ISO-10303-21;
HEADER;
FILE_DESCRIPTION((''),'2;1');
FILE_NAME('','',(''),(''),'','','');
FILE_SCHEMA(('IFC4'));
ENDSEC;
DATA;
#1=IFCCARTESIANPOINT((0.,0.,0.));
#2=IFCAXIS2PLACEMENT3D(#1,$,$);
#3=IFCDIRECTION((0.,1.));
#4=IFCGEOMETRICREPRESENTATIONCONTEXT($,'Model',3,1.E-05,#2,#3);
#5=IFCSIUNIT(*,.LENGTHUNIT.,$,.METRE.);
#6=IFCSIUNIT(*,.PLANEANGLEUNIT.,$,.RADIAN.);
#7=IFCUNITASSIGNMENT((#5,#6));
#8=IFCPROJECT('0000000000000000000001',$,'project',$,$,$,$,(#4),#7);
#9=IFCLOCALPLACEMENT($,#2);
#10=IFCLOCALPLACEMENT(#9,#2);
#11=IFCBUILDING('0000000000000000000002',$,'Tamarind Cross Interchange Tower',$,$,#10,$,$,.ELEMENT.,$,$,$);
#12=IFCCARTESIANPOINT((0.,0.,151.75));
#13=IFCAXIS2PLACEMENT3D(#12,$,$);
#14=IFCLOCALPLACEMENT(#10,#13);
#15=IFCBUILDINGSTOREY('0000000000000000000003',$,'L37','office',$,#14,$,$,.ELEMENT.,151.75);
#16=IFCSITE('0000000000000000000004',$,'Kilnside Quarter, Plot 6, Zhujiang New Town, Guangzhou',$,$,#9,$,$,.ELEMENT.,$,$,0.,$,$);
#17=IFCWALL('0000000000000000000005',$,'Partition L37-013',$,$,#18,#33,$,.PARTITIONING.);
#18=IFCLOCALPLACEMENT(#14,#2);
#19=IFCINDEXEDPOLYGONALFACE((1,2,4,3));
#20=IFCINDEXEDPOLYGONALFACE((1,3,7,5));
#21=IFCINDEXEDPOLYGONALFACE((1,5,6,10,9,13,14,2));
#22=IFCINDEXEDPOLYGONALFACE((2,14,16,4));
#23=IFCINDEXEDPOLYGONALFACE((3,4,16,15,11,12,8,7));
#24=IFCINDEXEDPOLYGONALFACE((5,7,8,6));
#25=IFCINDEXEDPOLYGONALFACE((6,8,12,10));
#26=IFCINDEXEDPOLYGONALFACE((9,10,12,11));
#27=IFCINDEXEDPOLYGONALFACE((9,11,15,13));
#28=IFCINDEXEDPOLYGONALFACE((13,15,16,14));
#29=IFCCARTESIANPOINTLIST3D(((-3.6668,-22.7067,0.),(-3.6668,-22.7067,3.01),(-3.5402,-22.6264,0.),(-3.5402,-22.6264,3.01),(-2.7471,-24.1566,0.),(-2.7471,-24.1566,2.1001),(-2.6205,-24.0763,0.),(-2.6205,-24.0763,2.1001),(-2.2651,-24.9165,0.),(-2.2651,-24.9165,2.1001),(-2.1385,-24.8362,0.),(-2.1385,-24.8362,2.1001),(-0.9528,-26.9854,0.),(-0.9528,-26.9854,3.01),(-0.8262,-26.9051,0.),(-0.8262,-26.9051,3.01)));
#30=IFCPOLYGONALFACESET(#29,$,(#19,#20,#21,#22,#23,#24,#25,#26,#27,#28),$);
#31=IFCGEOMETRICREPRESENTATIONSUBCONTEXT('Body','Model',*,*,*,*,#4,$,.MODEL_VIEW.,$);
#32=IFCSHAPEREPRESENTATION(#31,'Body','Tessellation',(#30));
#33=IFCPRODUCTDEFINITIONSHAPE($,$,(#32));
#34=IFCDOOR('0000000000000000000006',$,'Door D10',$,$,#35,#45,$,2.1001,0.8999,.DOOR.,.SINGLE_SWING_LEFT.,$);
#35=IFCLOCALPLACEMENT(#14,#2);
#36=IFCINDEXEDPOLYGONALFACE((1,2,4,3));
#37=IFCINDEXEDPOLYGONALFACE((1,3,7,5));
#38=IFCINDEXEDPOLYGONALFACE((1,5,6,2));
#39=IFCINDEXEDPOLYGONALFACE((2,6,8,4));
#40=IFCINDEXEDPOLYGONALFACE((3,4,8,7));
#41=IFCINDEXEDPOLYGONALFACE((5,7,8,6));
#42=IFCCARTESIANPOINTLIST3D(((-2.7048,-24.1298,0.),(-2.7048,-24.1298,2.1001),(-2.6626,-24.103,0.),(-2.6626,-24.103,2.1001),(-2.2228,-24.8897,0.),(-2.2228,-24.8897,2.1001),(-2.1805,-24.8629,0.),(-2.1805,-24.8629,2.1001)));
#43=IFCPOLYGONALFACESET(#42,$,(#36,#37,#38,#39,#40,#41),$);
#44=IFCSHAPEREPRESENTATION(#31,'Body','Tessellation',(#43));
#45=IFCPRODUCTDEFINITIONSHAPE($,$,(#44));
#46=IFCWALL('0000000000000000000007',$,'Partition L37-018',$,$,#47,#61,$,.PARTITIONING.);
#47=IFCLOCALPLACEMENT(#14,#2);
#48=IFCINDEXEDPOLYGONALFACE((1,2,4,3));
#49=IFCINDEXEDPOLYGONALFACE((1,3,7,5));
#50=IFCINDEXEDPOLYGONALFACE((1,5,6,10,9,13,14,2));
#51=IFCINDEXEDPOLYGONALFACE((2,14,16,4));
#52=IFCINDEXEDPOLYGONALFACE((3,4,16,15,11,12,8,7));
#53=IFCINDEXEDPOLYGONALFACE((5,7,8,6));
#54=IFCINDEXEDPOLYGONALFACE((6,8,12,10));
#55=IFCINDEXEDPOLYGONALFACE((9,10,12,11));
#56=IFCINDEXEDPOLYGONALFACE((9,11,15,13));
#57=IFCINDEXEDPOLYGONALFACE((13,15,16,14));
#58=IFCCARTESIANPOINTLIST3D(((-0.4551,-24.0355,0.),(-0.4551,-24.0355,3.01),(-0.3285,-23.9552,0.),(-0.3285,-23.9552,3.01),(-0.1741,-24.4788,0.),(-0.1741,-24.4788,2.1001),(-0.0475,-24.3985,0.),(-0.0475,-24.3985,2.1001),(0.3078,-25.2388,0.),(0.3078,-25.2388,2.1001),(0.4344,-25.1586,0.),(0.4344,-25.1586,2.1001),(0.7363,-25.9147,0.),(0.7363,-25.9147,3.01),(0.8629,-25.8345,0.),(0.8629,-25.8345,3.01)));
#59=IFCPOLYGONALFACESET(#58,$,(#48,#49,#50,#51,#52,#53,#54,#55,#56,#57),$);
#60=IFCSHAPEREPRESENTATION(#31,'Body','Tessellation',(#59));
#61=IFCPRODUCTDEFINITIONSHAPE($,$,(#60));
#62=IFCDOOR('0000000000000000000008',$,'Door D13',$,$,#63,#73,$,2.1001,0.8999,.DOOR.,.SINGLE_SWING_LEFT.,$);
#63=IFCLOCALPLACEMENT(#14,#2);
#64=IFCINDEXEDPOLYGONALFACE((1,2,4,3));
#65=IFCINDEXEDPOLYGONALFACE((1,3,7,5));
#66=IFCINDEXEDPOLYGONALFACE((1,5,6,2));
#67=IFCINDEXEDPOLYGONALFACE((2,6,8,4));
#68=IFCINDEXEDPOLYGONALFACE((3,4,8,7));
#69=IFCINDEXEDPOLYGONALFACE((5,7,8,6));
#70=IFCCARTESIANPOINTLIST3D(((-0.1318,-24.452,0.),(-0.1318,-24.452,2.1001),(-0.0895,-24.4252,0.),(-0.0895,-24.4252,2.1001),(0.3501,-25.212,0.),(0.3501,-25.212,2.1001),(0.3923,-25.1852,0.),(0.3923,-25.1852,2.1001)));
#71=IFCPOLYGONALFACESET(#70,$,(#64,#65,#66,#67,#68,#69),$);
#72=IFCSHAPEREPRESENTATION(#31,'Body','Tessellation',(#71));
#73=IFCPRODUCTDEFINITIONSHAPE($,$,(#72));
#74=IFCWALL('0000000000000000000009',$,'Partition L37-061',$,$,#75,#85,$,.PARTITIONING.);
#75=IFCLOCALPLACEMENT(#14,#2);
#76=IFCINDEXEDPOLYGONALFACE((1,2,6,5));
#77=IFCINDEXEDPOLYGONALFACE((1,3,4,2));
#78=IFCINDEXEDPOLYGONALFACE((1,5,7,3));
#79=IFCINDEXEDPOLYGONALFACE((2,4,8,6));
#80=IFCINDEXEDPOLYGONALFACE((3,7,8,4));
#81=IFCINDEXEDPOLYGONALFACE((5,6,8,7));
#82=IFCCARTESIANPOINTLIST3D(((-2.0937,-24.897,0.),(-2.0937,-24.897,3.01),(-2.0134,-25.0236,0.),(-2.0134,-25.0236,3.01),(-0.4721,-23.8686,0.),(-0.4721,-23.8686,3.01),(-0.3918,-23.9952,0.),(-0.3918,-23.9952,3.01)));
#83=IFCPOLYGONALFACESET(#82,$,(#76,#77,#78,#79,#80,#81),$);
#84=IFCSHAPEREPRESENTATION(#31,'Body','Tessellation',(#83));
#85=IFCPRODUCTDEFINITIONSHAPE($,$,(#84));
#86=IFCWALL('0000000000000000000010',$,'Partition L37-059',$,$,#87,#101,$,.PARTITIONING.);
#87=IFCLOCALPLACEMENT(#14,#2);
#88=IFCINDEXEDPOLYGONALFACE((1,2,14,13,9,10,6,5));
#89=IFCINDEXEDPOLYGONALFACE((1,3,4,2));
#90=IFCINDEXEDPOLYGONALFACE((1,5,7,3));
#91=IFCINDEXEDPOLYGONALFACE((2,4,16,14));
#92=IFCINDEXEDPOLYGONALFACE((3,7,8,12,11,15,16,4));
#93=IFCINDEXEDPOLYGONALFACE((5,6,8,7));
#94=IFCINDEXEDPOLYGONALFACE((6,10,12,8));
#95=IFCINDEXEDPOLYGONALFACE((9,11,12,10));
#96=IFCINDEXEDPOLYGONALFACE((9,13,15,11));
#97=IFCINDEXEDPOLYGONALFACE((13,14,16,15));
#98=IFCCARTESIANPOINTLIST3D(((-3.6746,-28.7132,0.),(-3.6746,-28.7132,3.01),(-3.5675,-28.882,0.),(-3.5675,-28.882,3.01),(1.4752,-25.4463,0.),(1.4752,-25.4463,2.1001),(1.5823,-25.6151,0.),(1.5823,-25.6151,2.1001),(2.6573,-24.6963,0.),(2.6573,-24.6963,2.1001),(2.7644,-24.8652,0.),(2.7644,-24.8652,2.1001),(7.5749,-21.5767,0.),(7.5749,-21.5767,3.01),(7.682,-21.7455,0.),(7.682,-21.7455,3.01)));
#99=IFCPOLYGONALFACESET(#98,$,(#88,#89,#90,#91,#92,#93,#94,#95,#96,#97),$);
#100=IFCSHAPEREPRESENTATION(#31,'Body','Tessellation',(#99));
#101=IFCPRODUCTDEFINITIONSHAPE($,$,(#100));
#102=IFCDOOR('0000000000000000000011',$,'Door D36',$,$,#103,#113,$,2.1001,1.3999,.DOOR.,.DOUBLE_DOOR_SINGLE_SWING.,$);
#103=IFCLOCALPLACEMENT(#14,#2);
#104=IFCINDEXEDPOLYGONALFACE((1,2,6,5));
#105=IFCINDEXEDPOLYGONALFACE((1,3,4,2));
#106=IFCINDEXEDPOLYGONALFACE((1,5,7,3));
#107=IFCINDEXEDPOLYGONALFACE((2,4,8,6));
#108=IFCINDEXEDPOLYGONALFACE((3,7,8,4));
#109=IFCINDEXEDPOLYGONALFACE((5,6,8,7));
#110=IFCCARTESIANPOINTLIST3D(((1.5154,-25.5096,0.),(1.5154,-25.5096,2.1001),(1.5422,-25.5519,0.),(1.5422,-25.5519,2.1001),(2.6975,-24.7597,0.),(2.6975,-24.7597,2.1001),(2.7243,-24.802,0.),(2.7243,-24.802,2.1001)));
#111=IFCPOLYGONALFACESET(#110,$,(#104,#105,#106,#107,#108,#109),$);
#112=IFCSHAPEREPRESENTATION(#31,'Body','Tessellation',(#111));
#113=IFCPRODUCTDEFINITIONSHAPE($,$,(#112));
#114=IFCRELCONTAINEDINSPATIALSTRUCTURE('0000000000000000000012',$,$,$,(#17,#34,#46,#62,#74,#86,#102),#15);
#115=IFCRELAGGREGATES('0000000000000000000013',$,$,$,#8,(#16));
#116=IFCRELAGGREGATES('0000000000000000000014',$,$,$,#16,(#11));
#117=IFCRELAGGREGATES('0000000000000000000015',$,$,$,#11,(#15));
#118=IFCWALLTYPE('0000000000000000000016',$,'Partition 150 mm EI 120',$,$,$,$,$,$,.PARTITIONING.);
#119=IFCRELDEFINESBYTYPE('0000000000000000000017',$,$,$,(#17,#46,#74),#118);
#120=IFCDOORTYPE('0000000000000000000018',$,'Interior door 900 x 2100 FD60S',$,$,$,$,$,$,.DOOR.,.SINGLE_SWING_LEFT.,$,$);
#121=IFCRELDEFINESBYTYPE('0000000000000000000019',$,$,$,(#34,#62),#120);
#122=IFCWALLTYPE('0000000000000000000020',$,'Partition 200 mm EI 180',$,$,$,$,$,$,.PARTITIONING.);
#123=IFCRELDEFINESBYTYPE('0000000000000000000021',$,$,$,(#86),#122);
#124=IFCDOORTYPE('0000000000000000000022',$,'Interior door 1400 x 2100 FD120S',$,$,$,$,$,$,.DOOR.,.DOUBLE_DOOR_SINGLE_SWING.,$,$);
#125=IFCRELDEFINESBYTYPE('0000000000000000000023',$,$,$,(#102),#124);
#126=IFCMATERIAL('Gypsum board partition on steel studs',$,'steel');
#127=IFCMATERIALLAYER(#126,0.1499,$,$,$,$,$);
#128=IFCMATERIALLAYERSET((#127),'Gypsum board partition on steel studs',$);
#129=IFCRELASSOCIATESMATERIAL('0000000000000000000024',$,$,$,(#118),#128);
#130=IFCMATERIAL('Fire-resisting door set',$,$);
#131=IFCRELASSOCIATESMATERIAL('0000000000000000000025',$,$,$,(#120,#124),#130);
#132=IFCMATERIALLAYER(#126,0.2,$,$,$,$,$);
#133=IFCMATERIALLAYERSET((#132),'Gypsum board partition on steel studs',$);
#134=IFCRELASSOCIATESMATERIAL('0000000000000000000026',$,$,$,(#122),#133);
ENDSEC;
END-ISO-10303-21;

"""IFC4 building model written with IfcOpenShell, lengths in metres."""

from ifc_helpers import new_model, si_unit, direction, frame, frame_2d, origin, place, context, subcontext, project, spatial, rectangle, extrude, material, layer, layer_set, type_object, element, fill, save


model = new_model("IFC4")

# Units and contexts
model_context = context("Model", 3, precision=1e-05, world=origin(), true_north=direction((0.0, 1.0)))
body_context = subcontext(model_context, "Body", "Model", "MODEL_VIEW")
ifc_project = project(units=[si_unit("LENGTHUNIT", "METRE"), si_unit("PLANEANGLEUNIT", "RADIAN")], contexts=[model_context])

# Site, building, storey
site_placement = place(None, origin())
site = spatial("IfcSite", under=ifc_project, at=site_placement, Name="Kilnside Quarter, Plot 6, Zhujiang New Town, Guangzhou", CompositionType="ELEMENT", RefElevation=0.0)
building_placement = place(site_placement, origin())
building = spatial("IfcBuilding", under=site, at=building_placement, Name="Tamarind Cross Interchange Tower", CompositionType="ELEMENT")
storey_placement = place(building_placement, frame((0.0, 0.0, 151.75)))
storey = spatial("IfcBuildingStorey", under=building, at=storey_placement, Name="L37", Description="office", CompositionType="ELEMENT", Elevation=151.75)

# Shared definitions
ifc_material_1 = material(Name="Gypsum board partition on steel studs", Category="steel")

# Walls, openings, doors
ifc_layer_1 = layer(ifc_material_1, 0.1499)
ifc_layer_set_1 = layer_set([ifc_layer_1], Name="Gypsum board partition on steel studs")
wall_type_1 = type_object("IfcWallType", Name="Partition 150 mm EI 120", PredefinedType="PARTITIONING", material=ifc_layer_set_1)
wall_1_placement = place(storey_placement, frame((-3.6035, -22.6665, 0.0), z_axis=(0.0, 0.0, 1.0), x_axis=(0.535643, -0.844444, 0.0)))
wall_1 = element("IfcWall", 1, at=wall_1_placement, inside=storey, type_object=wall_type_1, Name="Partition L37-013", PredefinedType="PARTITIONING", context=body_context, shape_type="SweptSolid", body=[
    extrude(rectangle(XDim=5.0669, YDim=0.1499, at=frame_2d((2.5334, 0.0))), origin(), (0.0, 0.0, 1.0), 3.01),
])
opening_1_placement = place(wall_1_placement, frame((1.717, 0.0, 0.0)))
opening_1 = element("IfcOpeningElement", 2, at=opening_1_placement, cuts=wall_1, PredefinedType="OPENING", context=body_context, shape_type="SweptSolid", body=[
    extrude(rectangle(XDim=0.8999, YDim=2.1001, at=frame_2d((0.45, 1.05))), frame((0.0, 0.085, 0.0), z_axis=(0.0, -1.0, 0.0), x_axis=(1.0, 0.0, 0.0)), (0.0, 0.0, 1.0), 0.1699),
])
ifc_material_2 = material(Name="Fire-resisting door set")
door_type_1 = type_object("IfcDoorType", Name="Interior door 900 x 2100 FD60S", OperationType="SINGLE_SWING_LEFT", PredefinedType="DOOR", material=ifc_material_2)
door_1_placement = place(opening_1_placement, frame((0.8999, 0.0, 0.0), z_axis=(0.0, 0.0, 1.0), x_axis=(-1.0, 0.0, 0.0)))
door_1 = element("IfcDoor", 3, at=door_1_placement, inside=storey, type_object=door_type_1, Name="Door D10", OperationType="SINGLE_SWING_LEFT", OverallHeight=2.1001, OverallWidth=0.8999, PredefinedType="DOOR", context=body_context, shape_type="SweptSolid", body=[
    extrude(rectangle(XDim=0.8999, YDim=2.1001, at=frame_2d((0.45, 1.05))), frame((0.0, 0.0249, 0.0), z_axis=(0.0, -1.0, 0.0), x_axis=(1.0, 0.0, 0.0)), (0.0, 0.0, 1.0), 0.05),
])
fill(opening_1, door_1)
wall_2_placement = place(storey_placement, frame((-0.3918, -23.9954, 0.0), z_axis=(0.0, 0.0, 1.0), x_axis=(0.535462, -0.844559, 0.0)))
wall_2 = element("IfcWall", 4, at=wall_2_placement, inside=storey, type_object=wall_type_1, Name="Partition L37-018", PredefinedType="PARTITIONING", context=body_context, shape_type="SweptSolid", body=[
    extrude(rectangle(XDim=2.2251, YDim=0.1499, at=frame_2d((1.1125, 0.0))), origin(), (0.0, 0.0, 1.0), 3.01),
])
opening_2_placement = place(wall_2_placement, frame((0.5249, 0.0, 0.0)))
opening_2 = element("IfcOpeningElement", 5, at=opening_2_placement, cuts=wall_2, PredefinedType="OPENING", context=body_context, shape_type="SweptSolid", body=[
    extrude(rectangle(XDim=0.8999, YDim=2.1001, at=frame_2d((0.45, 1.05))), frame((0.0, 0.085, 0.0), z_axis=(0.0, -1.0, 0.0), x_axis=(1.0, 0.0, 0.0)), (0.0, 0.0, 1.0), 0.1699),
])
door_2_placement = place(opening_2_placement, frame((0.8999, 0.0, 0.0), z_axis=(0.0, 0.0, 1.0), x_axis=(-1.0, 0.0, 0.0)))
door_2 = element("IfcDoor", 6, at=door_2_placement, inside=storey, type_object=door_type_1, Name="Door D13", OperationType="SINGLE_SWING_LEFT", OverallHeight=2.1001, OverallWidth=0.8999, PredefinedType="DOOR", context=body_context, shape_type="SweptSolid", body=[
    extrude(rectangle(XDim=0.8999, YDim=2.1001, at=frame_2d((0.45, 1.05))), frame((0.0, 0.0249, 0.0), z_axis=(0.0, -1.0, 0.0), x_axis=(1.0, 0.0, 0.0)), (0.0, 0.0, 1.0), 0.05),
])
fill(opening_2, door_2)

# Wall
wall_3_placement = place(storey_placement, frame((-2.0535, -24.9602, 0.0), z_axis=(0.0, 0.0, 1.0), x_axis=(0.844509, 0.535542, 0.0)))
element("IfcWall", 7, at=wall_3_placement, inside=storey, type_object=wall_type_1, Name="Partition L37-061", PredefinedType="PARTITIONING", context=body_context, shape_type="SweptSolid", body=[
    extrude(rectangle(XDim=1.9202, YDim=0.1499, at=frame_2d((0.96, 0.0))), origin(), (0.0, 0.0, 1.0), 3.01),
])

# Wall, opening, door
ifc_layer_2 = layer(ifc_material_1, 0.2)
ifc_layer_set_2 = layer_set([ifc_layer_2], Name="Gypsum board partition on steel studs")
wall_type_2 = type_object("IfcWallType", Name="Partition 200 mm EI 180", PredefinedType="PARTITIONING", material=ifc_layer_set_2)
wall_4_placement = place(storey_placement, frame((-3.6211, -28.7976, 0.0), z_axis=(0.0, 0.0, 1.0), x_axis=(0.844419, 0.535683, 0.0)))
wall_4 = element("IfcWall", 8, at=wall_4_placement, inside=storey, type_object=wall_type_2, Name="Partition L37-059", PredefinedType="PARTITIONING", context=body_context, shape_type="SweptSolid", body=[
    extrude(rectangle(XDim=13.3223, YDim=0.2, at=frame_2d((6.6611, 0.0))), origin(), (0.0, 0.0, 1.0), 3.01),
])
opening_3_placement = place(wall_4_placement, frame((6.0986, 0.0, 0.0)))
opening_3 = element("IfcOpeningElement", 9, at=opening_3_placement, cuts=wall_4, PredefinedType="OPENING", context=body_context, shape_type="SweptSolid", body=[
    extrude(rectangle(XDim=1.3999, YDim=2.1001, at=frame_2d((0.7, 1.05))), frame((0.0, 0.1099, 0.0), z_axis=(0.0, -1.0, 0.0), x_axis=(1.0, 0.0, 0.0)), (0.0, 0.0, 1.0), 0.22),
])
door_type_2 = type_object("IfcDoorType", Name="Interior door 1400 x 2100 FD120S", OperationType="DOUBLE_DOOR_SINGLE_SWING", PredefinedType="DOOR", material=ifc_material_2)
door_3_placement = place(opening_3_placement, origin())
door_3 = element("IfcDoor", 10, at=door_3_placement, inside=storey, type_object=door_type_2, Name="Door D36", OperationType="DOUBLE_DOOR_SINGLE_SWING", OverallHeight=2.1001, OverallWidth=1.3999, PredefinedType="DOOR", context=body_context, shape_type="SweptSolid", body=[
    extrude(rectangle(XDim=1.3999, YDim=2.1001, at=frame_2d((0.7, 1.05))), frame((0.0, 0.0249, 0.0), z_axis=(0.0, -1.0, 0.0), x_axis=(1.0, 0.0, 0.0)), (0.0, 0.0, 1.0), 0.05),
])
fill(opening_3, door_3)

save(model, "model.ifc")
